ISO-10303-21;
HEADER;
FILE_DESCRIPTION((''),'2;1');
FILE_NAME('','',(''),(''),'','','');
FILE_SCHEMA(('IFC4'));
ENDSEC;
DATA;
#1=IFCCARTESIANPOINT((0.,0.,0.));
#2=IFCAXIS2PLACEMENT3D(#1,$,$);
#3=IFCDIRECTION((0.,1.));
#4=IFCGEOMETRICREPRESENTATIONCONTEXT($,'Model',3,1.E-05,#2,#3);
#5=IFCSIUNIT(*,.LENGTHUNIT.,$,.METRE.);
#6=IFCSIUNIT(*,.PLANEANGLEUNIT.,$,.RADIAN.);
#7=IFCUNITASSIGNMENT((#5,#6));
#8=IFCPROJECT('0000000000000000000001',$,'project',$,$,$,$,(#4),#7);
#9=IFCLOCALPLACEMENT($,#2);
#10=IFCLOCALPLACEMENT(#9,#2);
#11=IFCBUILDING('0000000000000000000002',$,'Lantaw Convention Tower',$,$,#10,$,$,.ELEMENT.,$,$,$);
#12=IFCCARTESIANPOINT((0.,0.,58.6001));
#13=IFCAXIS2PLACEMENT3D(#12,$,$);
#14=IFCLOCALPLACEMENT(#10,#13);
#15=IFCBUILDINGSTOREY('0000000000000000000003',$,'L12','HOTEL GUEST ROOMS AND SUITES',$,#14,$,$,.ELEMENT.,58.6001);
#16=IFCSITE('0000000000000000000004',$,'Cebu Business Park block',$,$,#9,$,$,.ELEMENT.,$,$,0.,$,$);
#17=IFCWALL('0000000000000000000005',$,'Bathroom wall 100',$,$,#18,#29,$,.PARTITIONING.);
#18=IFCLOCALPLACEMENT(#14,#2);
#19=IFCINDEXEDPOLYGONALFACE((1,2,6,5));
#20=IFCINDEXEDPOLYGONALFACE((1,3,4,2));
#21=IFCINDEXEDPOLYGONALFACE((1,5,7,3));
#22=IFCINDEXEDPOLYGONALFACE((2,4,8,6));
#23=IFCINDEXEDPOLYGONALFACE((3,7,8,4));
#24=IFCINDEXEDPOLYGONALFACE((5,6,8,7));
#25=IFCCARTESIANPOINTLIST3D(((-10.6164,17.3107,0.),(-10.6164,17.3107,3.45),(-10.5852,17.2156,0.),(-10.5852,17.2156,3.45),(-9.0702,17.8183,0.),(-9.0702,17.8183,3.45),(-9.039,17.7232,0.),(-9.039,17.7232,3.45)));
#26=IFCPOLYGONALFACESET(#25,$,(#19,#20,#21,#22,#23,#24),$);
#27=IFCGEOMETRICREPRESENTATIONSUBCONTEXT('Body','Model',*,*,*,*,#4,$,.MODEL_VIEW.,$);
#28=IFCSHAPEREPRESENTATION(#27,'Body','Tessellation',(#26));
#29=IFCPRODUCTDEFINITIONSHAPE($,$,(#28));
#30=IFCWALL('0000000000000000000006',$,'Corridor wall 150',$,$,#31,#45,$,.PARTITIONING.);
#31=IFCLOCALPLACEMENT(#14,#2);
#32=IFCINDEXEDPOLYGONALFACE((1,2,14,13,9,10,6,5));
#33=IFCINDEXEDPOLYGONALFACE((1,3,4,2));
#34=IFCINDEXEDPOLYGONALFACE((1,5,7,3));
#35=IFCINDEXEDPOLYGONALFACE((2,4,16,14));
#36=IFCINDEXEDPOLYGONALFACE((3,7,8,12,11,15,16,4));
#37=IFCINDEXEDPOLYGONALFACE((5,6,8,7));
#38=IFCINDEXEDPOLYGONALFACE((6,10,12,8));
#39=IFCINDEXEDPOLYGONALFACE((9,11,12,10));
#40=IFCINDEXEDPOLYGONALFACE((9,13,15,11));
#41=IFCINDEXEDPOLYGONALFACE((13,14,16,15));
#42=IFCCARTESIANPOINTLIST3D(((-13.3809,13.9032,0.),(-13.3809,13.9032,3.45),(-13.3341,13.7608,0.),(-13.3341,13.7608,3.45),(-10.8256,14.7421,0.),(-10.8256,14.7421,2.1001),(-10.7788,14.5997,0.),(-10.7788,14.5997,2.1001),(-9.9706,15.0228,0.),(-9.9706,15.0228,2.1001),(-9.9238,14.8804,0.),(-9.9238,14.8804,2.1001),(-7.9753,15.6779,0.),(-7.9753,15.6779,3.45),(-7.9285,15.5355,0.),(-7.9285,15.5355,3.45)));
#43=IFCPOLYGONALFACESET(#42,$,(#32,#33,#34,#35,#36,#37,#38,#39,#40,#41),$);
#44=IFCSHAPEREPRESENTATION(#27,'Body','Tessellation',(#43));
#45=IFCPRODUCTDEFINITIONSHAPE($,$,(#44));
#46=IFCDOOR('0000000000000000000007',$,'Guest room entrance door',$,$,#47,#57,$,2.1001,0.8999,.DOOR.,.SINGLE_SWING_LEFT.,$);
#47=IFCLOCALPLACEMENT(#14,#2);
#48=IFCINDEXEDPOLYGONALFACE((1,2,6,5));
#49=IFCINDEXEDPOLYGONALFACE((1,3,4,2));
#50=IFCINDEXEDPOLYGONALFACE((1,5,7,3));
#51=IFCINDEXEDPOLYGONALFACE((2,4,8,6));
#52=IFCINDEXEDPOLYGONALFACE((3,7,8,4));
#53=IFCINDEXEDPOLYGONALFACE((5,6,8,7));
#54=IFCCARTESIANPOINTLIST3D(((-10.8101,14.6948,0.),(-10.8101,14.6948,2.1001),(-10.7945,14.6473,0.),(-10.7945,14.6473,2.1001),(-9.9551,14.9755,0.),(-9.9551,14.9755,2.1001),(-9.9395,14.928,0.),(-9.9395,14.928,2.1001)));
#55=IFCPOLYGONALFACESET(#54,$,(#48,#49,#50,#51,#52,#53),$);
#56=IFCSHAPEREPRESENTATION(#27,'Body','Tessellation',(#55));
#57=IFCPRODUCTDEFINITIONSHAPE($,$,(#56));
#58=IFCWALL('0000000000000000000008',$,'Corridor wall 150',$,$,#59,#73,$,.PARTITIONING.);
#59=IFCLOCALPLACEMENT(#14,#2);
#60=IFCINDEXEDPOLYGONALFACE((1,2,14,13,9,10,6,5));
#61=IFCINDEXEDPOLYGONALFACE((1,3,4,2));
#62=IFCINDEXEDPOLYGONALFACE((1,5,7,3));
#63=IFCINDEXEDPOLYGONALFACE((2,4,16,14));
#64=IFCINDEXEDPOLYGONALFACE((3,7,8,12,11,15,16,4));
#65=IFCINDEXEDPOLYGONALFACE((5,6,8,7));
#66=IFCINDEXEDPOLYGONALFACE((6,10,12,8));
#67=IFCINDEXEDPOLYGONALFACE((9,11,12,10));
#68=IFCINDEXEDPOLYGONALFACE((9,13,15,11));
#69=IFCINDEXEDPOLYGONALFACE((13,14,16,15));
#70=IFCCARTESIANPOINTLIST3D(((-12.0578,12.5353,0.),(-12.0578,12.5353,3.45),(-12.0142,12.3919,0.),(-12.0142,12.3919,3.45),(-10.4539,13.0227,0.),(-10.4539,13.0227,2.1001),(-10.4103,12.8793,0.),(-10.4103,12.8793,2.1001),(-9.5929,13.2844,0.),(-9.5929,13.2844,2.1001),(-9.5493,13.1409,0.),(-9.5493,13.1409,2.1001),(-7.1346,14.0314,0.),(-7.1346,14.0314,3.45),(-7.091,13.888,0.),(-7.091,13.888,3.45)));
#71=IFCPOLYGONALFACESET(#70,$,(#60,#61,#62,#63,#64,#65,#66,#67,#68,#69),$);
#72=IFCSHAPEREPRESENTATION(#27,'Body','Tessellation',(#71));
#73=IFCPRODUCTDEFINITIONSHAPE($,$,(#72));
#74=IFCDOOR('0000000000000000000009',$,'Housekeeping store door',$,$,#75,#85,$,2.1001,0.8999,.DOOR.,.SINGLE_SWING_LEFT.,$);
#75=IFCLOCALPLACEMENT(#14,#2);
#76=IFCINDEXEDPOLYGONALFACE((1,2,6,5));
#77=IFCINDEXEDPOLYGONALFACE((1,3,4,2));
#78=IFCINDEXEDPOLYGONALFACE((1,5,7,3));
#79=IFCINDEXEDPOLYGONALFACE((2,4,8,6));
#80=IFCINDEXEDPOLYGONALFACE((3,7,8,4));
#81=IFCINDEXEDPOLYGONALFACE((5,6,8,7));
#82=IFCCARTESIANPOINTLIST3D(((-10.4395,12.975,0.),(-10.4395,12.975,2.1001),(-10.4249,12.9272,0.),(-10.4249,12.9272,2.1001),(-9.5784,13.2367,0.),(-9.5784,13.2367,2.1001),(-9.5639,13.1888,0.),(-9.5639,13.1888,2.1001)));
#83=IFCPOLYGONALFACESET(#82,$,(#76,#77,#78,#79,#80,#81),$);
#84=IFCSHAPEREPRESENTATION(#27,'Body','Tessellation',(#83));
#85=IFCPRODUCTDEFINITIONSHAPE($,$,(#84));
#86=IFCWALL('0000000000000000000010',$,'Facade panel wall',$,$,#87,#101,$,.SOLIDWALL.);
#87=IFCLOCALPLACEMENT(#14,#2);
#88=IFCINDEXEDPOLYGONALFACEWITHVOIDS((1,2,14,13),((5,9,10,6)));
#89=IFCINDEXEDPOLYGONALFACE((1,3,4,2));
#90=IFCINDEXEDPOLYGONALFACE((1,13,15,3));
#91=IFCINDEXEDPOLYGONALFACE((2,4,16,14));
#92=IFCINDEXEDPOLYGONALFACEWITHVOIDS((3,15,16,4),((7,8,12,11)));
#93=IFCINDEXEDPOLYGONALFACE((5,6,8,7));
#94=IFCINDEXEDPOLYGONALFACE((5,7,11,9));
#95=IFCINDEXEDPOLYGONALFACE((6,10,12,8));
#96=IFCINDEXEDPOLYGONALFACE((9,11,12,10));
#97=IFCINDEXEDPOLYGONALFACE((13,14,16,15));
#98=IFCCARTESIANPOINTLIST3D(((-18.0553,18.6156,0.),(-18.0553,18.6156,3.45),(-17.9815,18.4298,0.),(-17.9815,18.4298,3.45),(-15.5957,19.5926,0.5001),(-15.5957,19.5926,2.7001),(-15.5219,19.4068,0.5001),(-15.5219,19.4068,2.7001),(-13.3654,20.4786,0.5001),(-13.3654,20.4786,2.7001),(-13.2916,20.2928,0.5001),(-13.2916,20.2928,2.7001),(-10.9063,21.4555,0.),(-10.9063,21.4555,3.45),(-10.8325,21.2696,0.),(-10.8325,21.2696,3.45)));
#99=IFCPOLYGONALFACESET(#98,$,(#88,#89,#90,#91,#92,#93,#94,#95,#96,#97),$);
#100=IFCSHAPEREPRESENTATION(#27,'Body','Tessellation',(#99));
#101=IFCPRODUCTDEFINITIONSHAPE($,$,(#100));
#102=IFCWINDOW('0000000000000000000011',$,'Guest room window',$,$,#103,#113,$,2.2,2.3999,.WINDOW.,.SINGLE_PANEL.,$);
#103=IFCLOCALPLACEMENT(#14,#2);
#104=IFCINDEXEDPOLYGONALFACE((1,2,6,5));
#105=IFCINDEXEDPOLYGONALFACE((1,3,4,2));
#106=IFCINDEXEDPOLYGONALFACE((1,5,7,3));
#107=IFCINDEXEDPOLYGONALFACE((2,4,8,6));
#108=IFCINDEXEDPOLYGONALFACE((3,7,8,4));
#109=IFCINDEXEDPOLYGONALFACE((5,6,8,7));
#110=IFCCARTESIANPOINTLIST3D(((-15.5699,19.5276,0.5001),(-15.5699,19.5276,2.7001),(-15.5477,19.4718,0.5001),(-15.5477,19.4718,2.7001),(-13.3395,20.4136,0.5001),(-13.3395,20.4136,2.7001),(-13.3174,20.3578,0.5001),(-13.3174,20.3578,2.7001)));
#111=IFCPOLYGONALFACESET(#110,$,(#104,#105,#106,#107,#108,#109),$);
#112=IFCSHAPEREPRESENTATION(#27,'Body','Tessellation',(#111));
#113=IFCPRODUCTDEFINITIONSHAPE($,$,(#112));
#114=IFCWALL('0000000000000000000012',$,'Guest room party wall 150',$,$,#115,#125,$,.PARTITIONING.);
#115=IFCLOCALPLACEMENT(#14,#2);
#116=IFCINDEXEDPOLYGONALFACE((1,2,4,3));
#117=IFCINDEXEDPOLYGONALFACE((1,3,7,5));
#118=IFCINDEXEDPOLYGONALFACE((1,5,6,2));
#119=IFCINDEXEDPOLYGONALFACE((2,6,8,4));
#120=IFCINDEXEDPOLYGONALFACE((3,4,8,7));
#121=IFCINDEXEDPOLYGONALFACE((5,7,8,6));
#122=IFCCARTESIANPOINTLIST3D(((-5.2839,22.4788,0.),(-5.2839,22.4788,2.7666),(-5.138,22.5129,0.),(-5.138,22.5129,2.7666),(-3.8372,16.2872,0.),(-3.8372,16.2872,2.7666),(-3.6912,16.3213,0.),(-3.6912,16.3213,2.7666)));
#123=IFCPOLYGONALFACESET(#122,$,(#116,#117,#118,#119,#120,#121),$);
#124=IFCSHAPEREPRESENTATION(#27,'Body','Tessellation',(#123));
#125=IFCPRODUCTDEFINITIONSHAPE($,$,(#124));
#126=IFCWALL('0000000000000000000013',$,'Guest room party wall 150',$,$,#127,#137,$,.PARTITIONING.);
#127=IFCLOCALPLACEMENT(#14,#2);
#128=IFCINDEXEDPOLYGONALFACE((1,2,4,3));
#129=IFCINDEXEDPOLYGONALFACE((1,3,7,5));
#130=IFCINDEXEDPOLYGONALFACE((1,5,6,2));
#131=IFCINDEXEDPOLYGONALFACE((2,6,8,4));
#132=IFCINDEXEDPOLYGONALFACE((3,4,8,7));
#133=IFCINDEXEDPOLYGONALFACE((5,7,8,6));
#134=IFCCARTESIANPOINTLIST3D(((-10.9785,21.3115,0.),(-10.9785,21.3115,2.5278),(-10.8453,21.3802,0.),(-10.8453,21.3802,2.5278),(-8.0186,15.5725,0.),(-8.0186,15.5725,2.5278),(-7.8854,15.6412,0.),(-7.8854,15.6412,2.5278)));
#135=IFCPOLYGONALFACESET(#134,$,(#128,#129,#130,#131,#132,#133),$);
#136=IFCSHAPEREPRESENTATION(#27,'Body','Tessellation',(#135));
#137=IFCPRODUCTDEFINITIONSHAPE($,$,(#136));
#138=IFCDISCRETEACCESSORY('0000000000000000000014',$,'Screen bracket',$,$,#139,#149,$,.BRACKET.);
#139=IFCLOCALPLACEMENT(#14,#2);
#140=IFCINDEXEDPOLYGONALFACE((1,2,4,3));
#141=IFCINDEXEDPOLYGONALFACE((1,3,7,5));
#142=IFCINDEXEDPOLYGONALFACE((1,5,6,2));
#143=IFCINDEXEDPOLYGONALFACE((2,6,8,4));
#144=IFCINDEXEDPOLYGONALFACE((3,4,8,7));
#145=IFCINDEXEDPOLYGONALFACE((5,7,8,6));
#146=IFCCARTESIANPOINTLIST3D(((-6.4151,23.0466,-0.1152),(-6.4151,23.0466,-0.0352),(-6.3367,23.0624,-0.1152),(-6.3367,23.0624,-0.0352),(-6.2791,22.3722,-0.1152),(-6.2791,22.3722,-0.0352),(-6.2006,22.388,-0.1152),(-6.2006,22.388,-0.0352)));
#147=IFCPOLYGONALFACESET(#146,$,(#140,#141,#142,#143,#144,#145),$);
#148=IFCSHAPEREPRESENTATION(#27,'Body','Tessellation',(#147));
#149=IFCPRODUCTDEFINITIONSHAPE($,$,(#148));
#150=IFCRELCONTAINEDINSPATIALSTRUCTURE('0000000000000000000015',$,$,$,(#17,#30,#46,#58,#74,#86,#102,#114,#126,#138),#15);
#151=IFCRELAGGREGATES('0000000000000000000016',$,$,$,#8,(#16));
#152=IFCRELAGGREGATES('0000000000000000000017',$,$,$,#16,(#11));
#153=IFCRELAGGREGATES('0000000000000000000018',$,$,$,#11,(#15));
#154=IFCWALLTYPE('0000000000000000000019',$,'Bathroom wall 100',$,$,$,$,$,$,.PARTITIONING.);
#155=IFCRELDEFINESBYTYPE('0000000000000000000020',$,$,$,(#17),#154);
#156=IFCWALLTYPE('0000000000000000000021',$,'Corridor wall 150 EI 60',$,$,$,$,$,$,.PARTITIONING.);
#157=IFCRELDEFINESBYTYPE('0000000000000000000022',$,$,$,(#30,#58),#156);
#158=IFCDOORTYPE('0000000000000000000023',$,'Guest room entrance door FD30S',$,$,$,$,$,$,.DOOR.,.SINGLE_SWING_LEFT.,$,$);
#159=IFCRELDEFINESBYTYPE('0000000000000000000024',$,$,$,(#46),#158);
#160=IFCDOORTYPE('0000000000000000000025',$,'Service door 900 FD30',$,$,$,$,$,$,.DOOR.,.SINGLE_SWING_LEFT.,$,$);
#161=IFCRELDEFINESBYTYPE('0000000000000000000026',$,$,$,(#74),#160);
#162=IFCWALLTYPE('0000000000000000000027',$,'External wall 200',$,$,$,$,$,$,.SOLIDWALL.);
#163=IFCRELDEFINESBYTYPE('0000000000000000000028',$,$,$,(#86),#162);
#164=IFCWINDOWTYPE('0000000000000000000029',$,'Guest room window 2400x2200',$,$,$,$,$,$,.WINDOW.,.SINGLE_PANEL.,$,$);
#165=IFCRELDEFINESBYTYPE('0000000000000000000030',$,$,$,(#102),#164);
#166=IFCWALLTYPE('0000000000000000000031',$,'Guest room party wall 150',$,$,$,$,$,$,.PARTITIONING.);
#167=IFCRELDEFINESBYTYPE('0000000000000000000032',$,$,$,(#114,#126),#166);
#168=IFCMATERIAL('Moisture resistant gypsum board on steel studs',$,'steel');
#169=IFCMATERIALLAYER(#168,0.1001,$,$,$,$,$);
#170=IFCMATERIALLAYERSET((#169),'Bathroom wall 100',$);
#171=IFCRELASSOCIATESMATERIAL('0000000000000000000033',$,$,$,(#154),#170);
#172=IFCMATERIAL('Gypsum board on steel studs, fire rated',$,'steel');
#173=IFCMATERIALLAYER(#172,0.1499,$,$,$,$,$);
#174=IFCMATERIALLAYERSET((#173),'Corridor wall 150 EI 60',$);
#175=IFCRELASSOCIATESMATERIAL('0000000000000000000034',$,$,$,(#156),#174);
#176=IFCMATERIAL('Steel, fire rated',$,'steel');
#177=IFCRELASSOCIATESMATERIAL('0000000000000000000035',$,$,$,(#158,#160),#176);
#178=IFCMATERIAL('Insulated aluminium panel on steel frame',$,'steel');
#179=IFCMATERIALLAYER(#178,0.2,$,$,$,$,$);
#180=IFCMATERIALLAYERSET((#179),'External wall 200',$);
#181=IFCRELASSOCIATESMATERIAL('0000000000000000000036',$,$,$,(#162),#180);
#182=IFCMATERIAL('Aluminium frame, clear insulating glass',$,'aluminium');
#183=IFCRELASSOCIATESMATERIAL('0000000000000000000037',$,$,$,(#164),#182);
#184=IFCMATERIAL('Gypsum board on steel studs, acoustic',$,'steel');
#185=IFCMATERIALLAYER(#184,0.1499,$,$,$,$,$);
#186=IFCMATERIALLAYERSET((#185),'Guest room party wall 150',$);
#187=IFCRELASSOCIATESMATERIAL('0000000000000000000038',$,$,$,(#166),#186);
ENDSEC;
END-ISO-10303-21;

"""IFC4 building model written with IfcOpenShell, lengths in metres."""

from ifc_helpers import new_model, si_unit, direction, frame, frame_2d, origin, origin_2d, place, context, subcontext, project, spatial, rectangle, extrude, material, layer, layer_set, type_object, element, fill, save


model = new_model("IFC4")

# Units and contexts
model_context = context("Model", 3, precision=1e-05, world=origin(), true_north=direction((0.0, 1.0)))
body_context = subcontext(model_context, "Body", "Model", "MODEL_VIEW")
ifc_project = project(units=[si_unit("LENGTHUNIT", "METRE"), si_unit("PLANEANGLEUNIT", "RADIAN")], contexts=[model_context])

# Site, building, storey
site_placement = place(None, origin())
site = spatial("IfcSite", under=ifc_project, at=site_placement, Name="Cebu Business Park block", CompositionType="ELEMENT", RefElevation=0.0)
building_placement = place(site_placement, origin())
building = spatial("IfcBuilding", under=site, at=building_placement, Name="Lantaw Convention Tower", CompositionType="ELEMENT")
storey_placement = place(building_placement, frame((0.0, 0.0, 58.6001)))
storey = spatial("IfcBuildingStorey", under=building, at=storey_placement, Name="L12", Description="HOTEL GUEST ROOMS AND SUITES", CompositionType="ELEMENT", Elevation=58.6001)

# Shared definitions
ifc_material_1 = material(Name="Moisture resistant gypsum board on steel studs", Category="steel")
ifc_layer_1 = layer(ifc_material_1, 0.1001)
ifc_layer_set_1 = layer_set([ifc_layer_1], Name="Bathroom wall 100")
wall_type_1 = type_object("IfcWallType", Name="Bathroom wall 100", PredefinedType="PARTITIONING", material=ifc_layer_set_1)

# Wall
wall_1_placement = place(storey_placement, frame((-10.6008, 17.2632, 0.0), z_axis=(0.0, 0.0, 1.0), x_axis=(0.950114, 0.311904, 0.0)))
element("IfcWall", 1, at=wall_1_placement, inside=storey, type_object=wall_type_1, Name="Bathroom wall 100", PredefinedType="PARTITIONING", context=body_context, shape_type="SweptSolid", body=[
    extrude(rectangle(XDim=1.6274, YDim=0.1001, at=frame_2d((0.8137, 0.0))), origin(), (0.0, 0.0, 1.0), 3.45),
])

# Walls, openings, doors
ifc_material_2 = material(Name="Gypsum board on steel studs, fire rated", Category="steel")
ifc_layer_2 = layer(ifc_material_2, 0.1499)
ifc_layer_set_2 = layer_set([ifc_layer_2], Name="Corridor wall 150 EI 60")
wall_type_2 = type_object("IfcWallType", Name="Corridor wall 150 EI 60", PredefinedType="PARTITIONING", material=ifc_layer_set_2)
wall_2_placement = place(storey_placement, frame((-7.9519, 15.6067, 0.0), z_axis=(0.0, 0.0, 1.0), x_axis=(-0.950107, -0.311925, 0.0)))
wall_2 = element("IfcWall", 2, at=wall_2_placement, inside=storey, type_object=wall_type_2, Name="Corridor wall 150", PredefinedType="PARTITIONING", context=body_context, shape_type="SweptSolid", body=[
    extrude(rectangle(XDim=5.6895, YDim=0.1499, at=frame_2d((2.8447, 0.0))), origin(), (0.0, 0.0, 1.0), 3.45),
])
opening_1_placement = place(wall_2_placement, frame((2.1001, 0.0, 0.0)))
opening_1 = element("IfcOpeningElement", 3, at=opening_1_placement, cuts=wall_2, PredefinedType="OPENING", context=body_context, shape_type="SweptSolid", body=[
    extrude(rectangle(XDim=0.8999, YDim=2.1001, at=frame_2d((0.45, 1.05))), frame((0.0, 0.085, 0.0), z_axis=(0.0, -1.0, 0.0), x_axis=(1.0, 0.0, 0.0)), (0.0, 0.0, 1.0), 0.1699),
])
ifc_material_3 = material(Name="Steel, fire rated", Category="steel")
door_type_1 = type_object("IfcDoorType", Name="Guest room entrance door FD30S", OperationType="SINGLE_SWING_LEFT", PredefinedType="DOOR", material=ifc_material_3)
door_1_placement = place(opening_1_placement, origin())
door_1 = element("IfcDoor", 4, at=door_1_placement, inside=storey, type_object=door_type_1, Name="Guest room entrance door", OperationType="SINGLE_SWING_LEFT", OverallHeight=2.1001, OverallWidth=0.8999, PredefinedType="DOOR", context=body_context, shape_type="SweptSolid", body=[
    extrude(rectangle(XDim=0.8999, YDim=2.1001, at=frame_2d((0.45, 1.05))), frame((0.0, 0.0249, 0.0), z_axis=(0.0, -1.0, 0.0), x_axis=(1.0, 0.0, 0.0)), (0.0, 0.0, 1.0), 0.05),
])
fill(opening_1, door_1)
wall_3_placement = place(storey_placement, frame((-7.1128, 13.9597, 0.0), z_axis=(0.0, 0.0, 1.0), x_axis=(-0.956795, -0.290763, 0.0)))
wall_3 = element("IfcWall", 5, at=wall_3_placement, inside=storey, type_object=wall_type_2, Name="Corridor wall 150", PredefinedType="PARTITIONING", context=body_context, shape_type="SweptSolid", body=[
    extrude(rectangle(XDim=5.1455, YDim=0.1499, at=frame_2d((2.5728, 0.0))), origin(), (0.0, 0.0, 1.0), 3.45),
])
opening_2_placement = place(wall_3_placement, frame((2.5693, 0.0, 0.0)))
opening_2 = element("IfcOpeningElement", 6, at=opening_2_placement, cuts=wall_3, PredefinedType="OPENING", context=body_context, shape_type="SweptSolid", body=[
    extrude(rectangle(XDim=0.8999, YDim=2.1001, at=frame_2d((0.45, 1.05))), frame((0.0, 0.085, 0.0), z_axis=(0.0, -1.0, 0.0), x_axis=(1.0, 0.0, 0.0)), (0.0, 0.0, 1.0), 0.1699),
])
door_type_2 = type_object("IfcDoorType", Name="Service door 900 FD30", OperationType="SINGLE_SWING_LEFT", PredefinedType="DOOR", material=ifc_material_3)
door_2_placement = place(opening_2_placement, origin())
door_2 = element("IfcDoor", 7, at=door_2_placement, inside=storey, type_object=door_type_2, Name="Housekeeping store door", OperationType="SINGLE_SWING_LEFT", OverallHeight=2.1001, OverallWidth=0.8999, PredefinedType="DOOR", context=body_context, shape_type="SweptSolid", body=[
    extrude(rectangle(XDim=0.8999, YDim=2.1001, at=frame_2d((0.45, 1.05))), frame((0.0, 0.0249, 0.0), z_axis=(0.0, -1.0, 0.0), x_axis=(1.0, 0.0, 0.0)), (0.0, 0.0, 1.0), 0.05),
])
fill(opening_2, door_2)

# Wall, opening, window
ifc_material_4 = material(Name="Insulated aluminium panel on steel frame", Category="steel")
ifc_layer_3 = layer(ifc_material_4, 0.2)
ifc_layer_set_3 = layer_set([ifc_layer_3], Name="External wall 200")
wall_type_3 = type_object("IfcWallType", Name="External wall 200", PredefinedType="SOLIDWALL", material=ifc_layer_set_3)
wall_4_placement = place(storey_placement, frame((-10.8694, 21.3625, 0.0), z_axis=(0.0, 0.0, 1.0), x_axis=(-0.929358, -0.369179, 0.0)))
wall_4 = element("IfcWall", 8, at=wall_4_placement, inside=storey, type_object=wall_type_3, Name="Facade panel wall", PredefinedType="SOLIDWALL", context=body_context, shape_type="SweptSolid", body=[
    extrude(rectangle(XDim=7.6924, YDim=0.2, at=frame_2d((3.8462, 0.0))), origin(), (0.0, 0.0, 1.0), 3.45),
])
opening_3_placement = place(wall_4_placement, frame((2.646, 0.0, 0.5)))
opening_3 = element("IfcOpeningElement", 9, at=opening_3_placement, cuts=wall_4, PredefinedType="OPENING", context=body_context, shape_type="SweptSolid", body=[
    extrude(rectangle(XDim=2.3999, YDim=2.2, at=frame_2d((1.2, 1.1001))), frame((0.0, 0.1099, 0.0), z_axis=(0.0, -1.0, 0.0), x_axis=(1.0, 0.0, 0.0)), (0.0, 0.0, 1.0), 0.22),
])
ifc_material_5 = material(Name="Aluminium frame, clear insulating glass", Category="aluminium")
window_type = type_object("IfcWindowType", Name="Guest room window 2400x2200", PartitioningType="SINGLE_PANEL", PredefinedType="WINDOW", material=ifc_material_5)
window_placement = place(opening_3_placement, origin())
window = element("IfcWindow", 10, at=window_placement, inside=storey, type_object=window_type, Name="Guest room window", OverallHeight=2.2, OverallWidth=2.3999, PartitioningType="SINGLE_PANEL", PredefinedType="WINDOW", context=body_context, shape_type="SweptSolid", body=[
    extrude(rectangle(XDim=2.3999, YDim=2.2, at=frame_2d((1.2, 1.1001))), frame((0.0, 0.03, 0.0), z_axis=(0.0, -1.0, 0.0), x_axis=(1.0, 0.0, 0.0)), (0.0, 0.0, 1.0), 0.0601),
])
fill(opening_3, window)

# Walls
ifc_material_6 = material(Name="Gypsum board on steel studs, acoustic", Category="steel")
ifc_layer_4 = layer(ifc_material_6, 0.1499)
ifc_layer_set_4 = layer_set([ifc_layer_4], Name="Guest room party wall 150")
wall_type_4 = type_object("IfcWallType", Name="Guest room party wall 150", PredefinedType="PARTITIONING", material=ifc_layer_set_4)
wall_5_placement = place(storey_placement, frame((-5.2109, 22.4958, 0.0), z_axis=(0.0, 0.0, 1.0), x_axis=(0.227537, -0.97377, 0.0)))
element("IfcWall", 11, at=wall_5_placement, inside=storey, type_object=wall_type_4, Name="Guest room party wall 150", PredefinedType="PARTITIONING", context=body_context, shape_type="SweptSolid", body=[
    extrude(rectangle(XDim=6.3584, YDim=0.1499, at=frame_2d((3.1792, 0.0))), origin(), (0.0, 0.0, 1.0), 2.7666),
])
wall_6_placement = place(storey_placement, frame((-10.9119, 21.3457, 0.0), z_axis=(0.0, 0.0, 1.0), x_axis=(0.458385, -0.888754, 0.0)))
element("IfcWall", 12, at=wall_6_placement, inside=storey, type_object=wall_type_4, Name="Guest room party wall 150", PredefinedType="PARTITIONING", context=body_context, shape_type="SweptSolid", body=[
    extrude(rectangle(XDim=6.4573, YDim=0.1499, at=frame_2d((3.2285, 0.0))), origin(), (0.0, 0.0, 1.0), 2.5278),
])

# Discrete accessory
discrete_accessory_placement = place(storey_placement, frame((-6.3079, 22.7173, -0.1152), z_axis=(0.0, 0.0, 1.0), x_axis=(-0.980245, -0.197789, 0.0)))
element("IfcDiscreteAccessory", 13, at=discrete_accessory_placement, inside=storey, Name="Screen bracket", PredefinedType="BRACKET", context=body_context, shape_type="SweptSolid", body=[
    extrude(rectangle(XDim=0.0801, YDim=0.688, at=origin_2d()), origin(), (0.0, 0.0, 1.0), 0.0801),
])

save(model, "model.ifc")
